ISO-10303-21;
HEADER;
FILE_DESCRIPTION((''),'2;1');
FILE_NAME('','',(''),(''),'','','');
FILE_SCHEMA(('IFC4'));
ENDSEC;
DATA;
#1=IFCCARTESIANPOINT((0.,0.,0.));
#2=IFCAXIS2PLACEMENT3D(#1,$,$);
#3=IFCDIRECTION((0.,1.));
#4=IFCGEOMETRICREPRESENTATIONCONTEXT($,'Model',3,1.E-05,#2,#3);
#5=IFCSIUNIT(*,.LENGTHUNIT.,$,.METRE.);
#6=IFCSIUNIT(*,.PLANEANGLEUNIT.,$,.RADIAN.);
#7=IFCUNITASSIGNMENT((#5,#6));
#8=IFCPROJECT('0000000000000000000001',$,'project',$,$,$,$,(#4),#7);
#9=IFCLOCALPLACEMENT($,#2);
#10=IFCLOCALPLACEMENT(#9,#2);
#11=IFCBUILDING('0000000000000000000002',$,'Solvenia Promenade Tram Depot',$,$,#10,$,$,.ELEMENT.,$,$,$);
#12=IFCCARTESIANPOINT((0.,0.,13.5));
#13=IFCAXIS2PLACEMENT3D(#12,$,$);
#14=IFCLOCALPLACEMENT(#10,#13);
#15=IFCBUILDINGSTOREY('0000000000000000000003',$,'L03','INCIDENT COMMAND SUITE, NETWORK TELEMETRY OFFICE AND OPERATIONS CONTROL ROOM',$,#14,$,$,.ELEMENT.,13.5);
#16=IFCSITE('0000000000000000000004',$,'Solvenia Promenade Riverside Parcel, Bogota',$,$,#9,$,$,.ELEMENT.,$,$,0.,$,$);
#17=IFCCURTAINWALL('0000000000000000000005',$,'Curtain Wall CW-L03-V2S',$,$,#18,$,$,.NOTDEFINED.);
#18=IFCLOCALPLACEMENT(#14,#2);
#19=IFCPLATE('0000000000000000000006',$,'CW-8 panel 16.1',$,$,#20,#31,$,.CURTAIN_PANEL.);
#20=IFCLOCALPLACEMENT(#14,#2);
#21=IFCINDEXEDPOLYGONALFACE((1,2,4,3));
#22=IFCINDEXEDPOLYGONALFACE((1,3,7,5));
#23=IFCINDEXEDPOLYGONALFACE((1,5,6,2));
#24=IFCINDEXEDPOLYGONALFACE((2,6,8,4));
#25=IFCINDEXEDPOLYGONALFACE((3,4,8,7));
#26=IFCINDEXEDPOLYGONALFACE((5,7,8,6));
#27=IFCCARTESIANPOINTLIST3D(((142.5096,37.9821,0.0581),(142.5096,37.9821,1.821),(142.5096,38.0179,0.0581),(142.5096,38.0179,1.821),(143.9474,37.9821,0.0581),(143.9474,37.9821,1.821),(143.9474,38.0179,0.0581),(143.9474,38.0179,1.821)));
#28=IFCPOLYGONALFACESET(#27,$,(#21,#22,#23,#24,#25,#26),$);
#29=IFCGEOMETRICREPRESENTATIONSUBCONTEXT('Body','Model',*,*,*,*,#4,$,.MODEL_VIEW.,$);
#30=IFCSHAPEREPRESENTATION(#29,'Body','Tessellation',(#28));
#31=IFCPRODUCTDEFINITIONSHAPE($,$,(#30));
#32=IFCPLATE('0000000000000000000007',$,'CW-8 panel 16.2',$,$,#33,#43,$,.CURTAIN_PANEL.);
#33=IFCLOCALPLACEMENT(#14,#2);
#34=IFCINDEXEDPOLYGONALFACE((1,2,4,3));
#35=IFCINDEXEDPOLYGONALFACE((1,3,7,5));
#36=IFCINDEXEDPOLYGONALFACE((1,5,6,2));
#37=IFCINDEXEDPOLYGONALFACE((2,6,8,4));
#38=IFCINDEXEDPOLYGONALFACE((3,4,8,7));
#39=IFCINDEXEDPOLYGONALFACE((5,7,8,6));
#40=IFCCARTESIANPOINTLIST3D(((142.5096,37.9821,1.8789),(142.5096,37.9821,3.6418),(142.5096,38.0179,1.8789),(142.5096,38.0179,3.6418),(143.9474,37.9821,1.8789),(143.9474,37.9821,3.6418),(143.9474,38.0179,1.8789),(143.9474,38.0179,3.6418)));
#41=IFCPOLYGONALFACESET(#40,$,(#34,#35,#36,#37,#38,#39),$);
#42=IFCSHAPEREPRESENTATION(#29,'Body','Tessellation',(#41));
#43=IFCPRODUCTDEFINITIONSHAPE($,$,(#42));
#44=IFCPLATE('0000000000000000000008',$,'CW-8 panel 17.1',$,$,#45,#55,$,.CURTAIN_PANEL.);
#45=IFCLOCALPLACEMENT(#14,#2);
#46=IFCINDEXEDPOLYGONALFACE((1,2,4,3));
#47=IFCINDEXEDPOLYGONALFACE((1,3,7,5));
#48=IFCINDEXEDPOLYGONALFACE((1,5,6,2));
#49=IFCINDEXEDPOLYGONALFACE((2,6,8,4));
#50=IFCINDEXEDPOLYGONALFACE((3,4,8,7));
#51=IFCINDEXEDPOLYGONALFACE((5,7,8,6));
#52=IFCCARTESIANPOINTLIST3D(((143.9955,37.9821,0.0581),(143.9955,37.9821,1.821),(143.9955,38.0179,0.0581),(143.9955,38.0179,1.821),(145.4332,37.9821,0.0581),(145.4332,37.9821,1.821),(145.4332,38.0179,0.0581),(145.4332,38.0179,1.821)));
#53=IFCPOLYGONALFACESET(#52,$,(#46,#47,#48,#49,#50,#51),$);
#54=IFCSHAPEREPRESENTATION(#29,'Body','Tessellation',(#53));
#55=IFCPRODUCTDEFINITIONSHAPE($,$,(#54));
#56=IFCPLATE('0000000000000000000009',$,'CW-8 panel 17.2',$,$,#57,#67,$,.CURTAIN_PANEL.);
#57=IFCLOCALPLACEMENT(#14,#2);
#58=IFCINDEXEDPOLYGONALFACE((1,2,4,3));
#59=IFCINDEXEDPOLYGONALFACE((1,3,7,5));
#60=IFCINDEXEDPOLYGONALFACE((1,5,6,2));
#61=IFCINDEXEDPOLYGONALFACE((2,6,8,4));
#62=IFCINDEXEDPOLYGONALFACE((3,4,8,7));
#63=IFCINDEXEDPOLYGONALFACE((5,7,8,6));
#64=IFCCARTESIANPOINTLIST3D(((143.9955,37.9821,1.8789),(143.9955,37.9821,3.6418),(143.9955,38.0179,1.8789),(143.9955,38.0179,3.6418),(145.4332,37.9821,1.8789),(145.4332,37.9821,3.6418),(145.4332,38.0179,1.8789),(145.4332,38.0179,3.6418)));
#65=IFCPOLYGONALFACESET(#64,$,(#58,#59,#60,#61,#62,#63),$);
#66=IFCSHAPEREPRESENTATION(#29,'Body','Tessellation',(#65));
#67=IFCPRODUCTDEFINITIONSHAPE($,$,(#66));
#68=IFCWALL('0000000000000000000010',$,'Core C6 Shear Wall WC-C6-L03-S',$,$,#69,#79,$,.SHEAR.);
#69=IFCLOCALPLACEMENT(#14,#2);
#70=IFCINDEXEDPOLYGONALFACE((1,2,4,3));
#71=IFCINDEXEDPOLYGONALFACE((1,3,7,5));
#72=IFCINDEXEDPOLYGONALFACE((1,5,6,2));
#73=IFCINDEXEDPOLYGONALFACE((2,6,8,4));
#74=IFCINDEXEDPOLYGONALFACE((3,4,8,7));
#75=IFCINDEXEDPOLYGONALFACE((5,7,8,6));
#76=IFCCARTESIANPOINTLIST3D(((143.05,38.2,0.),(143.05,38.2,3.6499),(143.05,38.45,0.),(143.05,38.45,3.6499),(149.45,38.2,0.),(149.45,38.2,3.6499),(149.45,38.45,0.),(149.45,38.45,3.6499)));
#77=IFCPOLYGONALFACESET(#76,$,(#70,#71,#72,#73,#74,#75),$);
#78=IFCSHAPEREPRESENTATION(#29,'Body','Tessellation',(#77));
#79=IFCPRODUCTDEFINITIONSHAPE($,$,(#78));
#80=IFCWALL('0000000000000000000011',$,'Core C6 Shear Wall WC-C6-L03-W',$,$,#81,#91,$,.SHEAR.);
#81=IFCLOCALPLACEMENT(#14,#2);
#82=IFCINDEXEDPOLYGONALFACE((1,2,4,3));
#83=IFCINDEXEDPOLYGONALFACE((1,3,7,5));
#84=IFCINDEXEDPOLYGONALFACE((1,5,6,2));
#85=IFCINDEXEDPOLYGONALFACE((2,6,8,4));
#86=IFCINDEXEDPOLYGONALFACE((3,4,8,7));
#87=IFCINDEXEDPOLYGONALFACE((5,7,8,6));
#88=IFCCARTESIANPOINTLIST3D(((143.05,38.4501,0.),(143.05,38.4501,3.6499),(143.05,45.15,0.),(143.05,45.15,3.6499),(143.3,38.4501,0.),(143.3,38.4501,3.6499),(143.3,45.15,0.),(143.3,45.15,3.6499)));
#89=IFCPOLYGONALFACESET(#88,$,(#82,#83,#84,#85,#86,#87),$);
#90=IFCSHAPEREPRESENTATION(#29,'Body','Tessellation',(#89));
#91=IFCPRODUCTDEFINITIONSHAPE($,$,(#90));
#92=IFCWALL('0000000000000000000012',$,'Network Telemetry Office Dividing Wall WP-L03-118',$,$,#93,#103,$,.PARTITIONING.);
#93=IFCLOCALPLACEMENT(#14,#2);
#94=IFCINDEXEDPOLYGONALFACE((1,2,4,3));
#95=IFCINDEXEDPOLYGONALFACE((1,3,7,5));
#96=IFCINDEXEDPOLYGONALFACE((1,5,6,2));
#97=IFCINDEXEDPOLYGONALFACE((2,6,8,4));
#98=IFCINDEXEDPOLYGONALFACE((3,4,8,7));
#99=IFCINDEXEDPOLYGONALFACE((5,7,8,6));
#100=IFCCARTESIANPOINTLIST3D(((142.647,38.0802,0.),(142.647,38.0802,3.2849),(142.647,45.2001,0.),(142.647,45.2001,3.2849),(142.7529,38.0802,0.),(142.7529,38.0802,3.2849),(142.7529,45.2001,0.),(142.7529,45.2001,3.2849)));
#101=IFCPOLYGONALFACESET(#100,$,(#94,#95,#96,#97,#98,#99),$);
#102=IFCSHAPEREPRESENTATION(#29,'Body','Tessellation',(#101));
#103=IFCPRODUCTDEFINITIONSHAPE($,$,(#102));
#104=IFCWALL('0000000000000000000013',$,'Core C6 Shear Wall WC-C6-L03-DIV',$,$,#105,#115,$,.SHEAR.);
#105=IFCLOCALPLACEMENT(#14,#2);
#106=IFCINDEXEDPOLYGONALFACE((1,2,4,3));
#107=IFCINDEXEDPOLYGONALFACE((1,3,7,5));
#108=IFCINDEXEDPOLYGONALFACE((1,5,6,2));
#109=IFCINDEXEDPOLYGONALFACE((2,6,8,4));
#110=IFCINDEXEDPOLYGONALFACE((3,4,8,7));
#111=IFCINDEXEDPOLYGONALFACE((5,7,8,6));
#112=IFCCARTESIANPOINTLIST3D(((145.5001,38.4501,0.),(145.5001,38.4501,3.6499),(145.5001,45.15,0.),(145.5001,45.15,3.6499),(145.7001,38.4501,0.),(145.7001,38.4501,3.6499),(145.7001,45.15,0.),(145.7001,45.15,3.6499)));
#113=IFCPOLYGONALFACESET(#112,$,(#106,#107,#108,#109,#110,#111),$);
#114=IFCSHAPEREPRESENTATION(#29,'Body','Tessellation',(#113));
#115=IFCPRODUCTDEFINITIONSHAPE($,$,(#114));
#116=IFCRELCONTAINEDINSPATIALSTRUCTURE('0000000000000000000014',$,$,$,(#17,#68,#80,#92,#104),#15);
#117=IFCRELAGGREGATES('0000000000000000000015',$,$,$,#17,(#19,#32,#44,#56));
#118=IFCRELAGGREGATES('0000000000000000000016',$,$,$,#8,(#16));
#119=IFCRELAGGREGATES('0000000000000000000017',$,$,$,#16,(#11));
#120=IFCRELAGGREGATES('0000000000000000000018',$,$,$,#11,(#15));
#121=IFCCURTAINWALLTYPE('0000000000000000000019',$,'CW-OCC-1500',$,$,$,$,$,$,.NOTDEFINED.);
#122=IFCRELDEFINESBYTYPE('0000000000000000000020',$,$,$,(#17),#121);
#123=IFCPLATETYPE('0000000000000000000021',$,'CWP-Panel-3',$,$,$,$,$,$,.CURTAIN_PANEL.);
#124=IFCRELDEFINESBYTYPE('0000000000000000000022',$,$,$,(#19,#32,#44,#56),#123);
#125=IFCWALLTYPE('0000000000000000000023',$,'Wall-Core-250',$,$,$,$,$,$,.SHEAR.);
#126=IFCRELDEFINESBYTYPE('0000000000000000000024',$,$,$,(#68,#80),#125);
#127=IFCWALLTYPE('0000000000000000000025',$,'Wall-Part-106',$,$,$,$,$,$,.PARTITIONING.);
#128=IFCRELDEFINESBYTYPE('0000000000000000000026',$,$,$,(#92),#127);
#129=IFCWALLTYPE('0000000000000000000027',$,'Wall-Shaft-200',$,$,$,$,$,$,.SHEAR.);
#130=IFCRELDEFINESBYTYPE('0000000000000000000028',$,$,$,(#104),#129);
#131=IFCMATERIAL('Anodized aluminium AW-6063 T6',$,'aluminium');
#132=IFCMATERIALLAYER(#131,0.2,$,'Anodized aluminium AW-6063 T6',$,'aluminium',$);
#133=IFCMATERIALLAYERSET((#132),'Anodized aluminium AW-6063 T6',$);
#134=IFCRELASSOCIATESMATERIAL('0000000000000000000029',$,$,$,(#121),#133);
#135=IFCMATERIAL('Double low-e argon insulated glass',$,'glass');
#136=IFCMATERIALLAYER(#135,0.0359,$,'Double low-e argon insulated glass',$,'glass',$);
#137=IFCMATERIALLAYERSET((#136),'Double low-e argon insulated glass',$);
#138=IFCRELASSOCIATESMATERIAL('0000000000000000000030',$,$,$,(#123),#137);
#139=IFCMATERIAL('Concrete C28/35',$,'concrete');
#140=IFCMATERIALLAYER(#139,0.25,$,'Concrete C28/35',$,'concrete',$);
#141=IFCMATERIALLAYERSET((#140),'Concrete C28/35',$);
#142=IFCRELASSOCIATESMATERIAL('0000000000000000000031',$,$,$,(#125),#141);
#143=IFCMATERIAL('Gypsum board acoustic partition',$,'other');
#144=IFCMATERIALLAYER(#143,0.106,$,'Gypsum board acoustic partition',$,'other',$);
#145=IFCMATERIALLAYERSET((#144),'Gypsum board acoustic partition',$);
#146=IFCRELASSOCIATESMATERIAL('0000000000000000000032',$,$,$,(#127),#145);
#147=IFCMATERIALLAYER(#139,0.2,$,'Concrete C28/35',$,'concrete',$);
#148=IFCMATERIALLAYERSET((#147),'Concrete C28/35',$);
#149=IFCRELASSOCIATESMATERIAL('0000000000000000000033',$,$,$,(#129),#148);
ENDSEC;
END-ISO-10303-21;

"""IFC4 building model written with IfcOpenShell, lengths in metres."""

from ifc_helpers import new_model, si_unit, direction, frame, frame_2d, origin, origin_2d, place, context, subcontext, project, spatial, rectangle, extrude, material, layer, layer_set, type_object, element, aggregate, save


model = new_model("IFC4")

# Units and contexts
model_context = context("Model", 3, precision=1e-05, world=origin(), true_north=direction((0.0, 1.0)))
body_context = subcontext(model_context, "Body", "Model", "MODEL_VIEW")
ifc_project = project(units=[si_unit("LENGTHUNIT", "METRE"), si_unit("PLANEANGLEUNIT", "RADIAN")], contexts=[model_context])

# Site, building, storey
site_placement = place(None, origin())
site = spatial("IfcSite", under=ifc_project, at=site_placement, Name="Solvenia Promenade Riverside Parcel, Bogota", CompositionType="ELEMENT", RefElevation=0.0)
building_placement = place(site_placement, origin())
building = spatial("IfcBuilding", under=site, at=building_placement, Name="Solvenia Promenade Tram Depot", CompositionType="ELEMENT")
storey_placement = place(building_placement, frame((0.0, 0.0, 13.5)))
storey = spatial("IfcBuildingStorey", under=building, at=storey_placement, Name="L03", Description="INCIDENT COMMAND SUITE, NETWORK TELEMETRY OFFICE AND OPERATIONS CONTROL ROOM", CompositionType="ELEMENT", Elevation=13.5)

# Curtain wall
ifc_material_1 = material(Name="Anodized aluminium AW-6063 T6", Category="aluminium")
ifc_layer_1 = layer(ifc_material_1, 0.2, Name="Anodized aluminium AW-6063 T6", Category="aluminium")
ifc_layer_set_1 = layer_set([ifc_layer_1], Name="Anodized aluminium AW-6063 T6")
curtain_wall_type = type_object("IfcCurtainWallType", Name="CW-OCC-1500", PredefinedType="NOTDEFINED", material=ifc_layer_set_1)
curtain_wall_placement = place(storey_placement, origin())
curtain_wall = element("IfcCurtainWall", 1, at=curtain_wall_placement, inside=storey, type_object=curtain_wall_type, Name="Curtain Wall CW-L03-V2S", PredefinedType="NOTDEFINED")

# Plates
ifc_material_2 = material(Name="Double low-e argon insulated glass", Category="glass")
ifc_layer_2 = layer(ifc_material_2, 0.0359, Name="Double low-e argon insulated glass", Category="glass")
ifc_layer_set_2 = layer_set([ifc_layer_2], Name="Double low-e argon insulated glass")
plate_type = type_object("IfcPlateType", Name="CWP-Panel-3", PredefinedType="CURTAIN_PANEL", material=ifc_layer_set_2)
plate_1_placement = place(storey_placement, frame((143.2285, 38.0, 0.0581), z_axis=(0.0, 0.0, 1.0), x_axis=(1.0, 0.0, 0.0)))
plate_1 = element("IfcPlate", 2, at=plate_1_placement, type_object=plate_type, Name="CW-8 panel 16.1", PredefinedType="CURTAIN_PANEL", context=body_context, shape_type="SweptSolid", body=[
    extrude(rectangle(XDim=1.4377, YDim=0.0359, at=origin_2d()), origin(), (0.0, 0.0, 1.0), 1.7629),
])
plate_2_placement = place(storey_placement, frame((143.2285, 38.0, 1.8789), z_axis=(0.0, 0.0, 1.0), x_axis=(1.0, 0.0, 0.0)))
plate_2 = element("IfcPlate", 3, at=plate_2_placement, type_object=plate_type, Name="CW-8 panel 16.2", PredefinedType="CURTAIN_PANEL", context=body_context, shape_type="SweptSolid", body=[
    extrude(rectangle(XDim=1.4377, YDim=0.0359, at=origin_2d()), origin(), (0.0, 0.0, 1.0), 1.7629),
])
plate_3_placement = place(storey_placement, frame((144.7144, 38.0, 0.0581), z_axis=(0.0, 0.0, 1.0), x_axis=(1.0, 0.0, 0.0)))
plate_3 = element("IfcPlate", 4, at=plate_3_placement, type_object=plate_type, Name="CW-8 panel 17.1", PredefinedType="CURTAIN_PANEL", context=body_context, shape_type="SweptSolid", body=[
    extrude(rectangle(XDim=1.4377, YDim=0.0359, at=origin_2d()), origin(), (0.0, 0.0, 1.0), 1.7629),
])
plate_4_placement = place(storey_placement, frame((144.7144, 38.0, 1.8789), z_axis=(0.0, 0.0, 1.0), x_axis=(1.0, 0.0, 0.0)))
plate_4 = element("IfcPlate", 5, at=plate_4_placement, type_object=plate_type, Name="CW-8 panel 17.2", PredefinedType="CURTAIN_PANEL", context=body_context, shape_type="SweptSolid", body=[
    extrude(rectangle(XDim=1.4377, YDim=0.0359, at=origin_2d()), origin(), (0.0, 0.0, 1.0), 1.7629),
])
aggregate(curtain_wall, [plate_1, plate_2, plate_3, plate_4])

# Wall
ifc_material_3 = material(Name="Concrete C28/35", Category="concrete")
ifc_layer_3 = layer(ifc_material_3, 0.25, Name="Concrete C28/35", Category="concrete")
ifc_layer_set_3 = layer_set([ifc_layer_3], Name="Concrete C28/35")
wall_type_1 = type_object("IfcWallType", Name="Wall-Core-250", PredefinedType="SHEAR", material=ifc_layer_set_3)
wall_1_placement = place(storey_placement, frame((143.05, 38.325, 0.0), z_axis=(0.0, 0.0, 1.0), x_axis=(1.0, 0.0, 0.0)))
element("IfcWall", 6, at=wall_1_placement, inside=storey, type_object=wall_type_1, Name="Core C6 Shear Wall WC-C6-L03-S", PredefinedType="SHEAR", context=body_context, shape_type="SweptSolid", body=[
    extrude(rectangle(XDim=6.3999, YDim=0.25, at=frame_2d((3.2, 0.0))), origin(), (0.0, 0.0, 1.0), 3.6499),
])

# Walls
wall_2_placement = place(storey_placement, frame((143.175, 38.45, 0.0), z_axis=(0.0, 0.0, 1.0), x_axis=(0.0, 1.0, 0.0)))
element("IfcWall", 7, at=wall_2_placement, inside=storey, type_object=wall_type_1, Name="Core C6 Shear Wall WC-C6-L03-W", PredefinedType="SHEAR", context=body_context, shape_type="SweptSolid", body=[
    extrude(rectangle(XDim=6.7, YDim=0.25, at=frame_2d((3.3501, 0.0))), origin(), (0.0, 0.0, 1.0), 3.6499),
])
ifc_material_4 = material(Name="Gypsum board acoustic partition", Category="other")
ifc_layer_4 = layer(ifc_material_4, 0.106, Name="Gypsum board acoustic partition", Category="other")
ifc_layer_set_4 = layer_set([ifc_layer_4], Name="Gypsum board acoustic partition")
wall_type_2 = type_object("IfcWallType", Name="Wall-Part-106", PredefinedType="PARTITIONING", material=ifc_layer_set_4)
wall_3_placement = place(storey_placement, frame((142.7, 38.0801, 0.0), z_axis=(0.0, 0.0, 1.0), x_axis=(0.0, 1.0, 0.0)))
element("IfcWall", 8, at=wall_3_placement, inside=storey, type_object=wall_type_2, Name="Network Telemetry Office Dividing Wall WP-L03-118", PredefinedType="PARTITIONING", context=body_context, shape_type="SweptSolid", body=[
    extrude(rectangle(XDim=7.1199, YDim=0.106, at=frame_2d((3.5601, 0.0))), origin(), (0.0, 0.0, 1.0), 3.2849),
])
ifc_layer_5 = layer(ifc_material_3, 0.2, Name="Concrete C28/35", Category="concrete")
ifc_layer_set_5 = layer_set([ifc_layer_5], Name="Concrete C28/35")
wall_type_3 = type_object("IfcWallType", Name="Wall-Shaft-200", PredefinedType="SHEAR", material=ifc_layer_set_5)
wall_4_placement = place(storey_placement, frame((145.6001, 38.45, 0.0), z_axis=(0.0, 0.0, 1.0), x_axis=(0.0, 1.0, 0.0)))
element("IfcWall", 9, at=wall_4_placement, inside=storey, type_object=wall_type_3, Name="Core C6 Shear Wall WC-C6-L03-DIV", PredefinedType="SHEAR", context=body_context, shape_type="SweptSolid", body=[
    extrude(rectangle(XDim=6.7, YDim=0.2, at=frame_2d((3.3501, 0.0))), origin(), (0.0, 0.0, 1.0), 3.6499),
])

save(model, "model.ifc")
